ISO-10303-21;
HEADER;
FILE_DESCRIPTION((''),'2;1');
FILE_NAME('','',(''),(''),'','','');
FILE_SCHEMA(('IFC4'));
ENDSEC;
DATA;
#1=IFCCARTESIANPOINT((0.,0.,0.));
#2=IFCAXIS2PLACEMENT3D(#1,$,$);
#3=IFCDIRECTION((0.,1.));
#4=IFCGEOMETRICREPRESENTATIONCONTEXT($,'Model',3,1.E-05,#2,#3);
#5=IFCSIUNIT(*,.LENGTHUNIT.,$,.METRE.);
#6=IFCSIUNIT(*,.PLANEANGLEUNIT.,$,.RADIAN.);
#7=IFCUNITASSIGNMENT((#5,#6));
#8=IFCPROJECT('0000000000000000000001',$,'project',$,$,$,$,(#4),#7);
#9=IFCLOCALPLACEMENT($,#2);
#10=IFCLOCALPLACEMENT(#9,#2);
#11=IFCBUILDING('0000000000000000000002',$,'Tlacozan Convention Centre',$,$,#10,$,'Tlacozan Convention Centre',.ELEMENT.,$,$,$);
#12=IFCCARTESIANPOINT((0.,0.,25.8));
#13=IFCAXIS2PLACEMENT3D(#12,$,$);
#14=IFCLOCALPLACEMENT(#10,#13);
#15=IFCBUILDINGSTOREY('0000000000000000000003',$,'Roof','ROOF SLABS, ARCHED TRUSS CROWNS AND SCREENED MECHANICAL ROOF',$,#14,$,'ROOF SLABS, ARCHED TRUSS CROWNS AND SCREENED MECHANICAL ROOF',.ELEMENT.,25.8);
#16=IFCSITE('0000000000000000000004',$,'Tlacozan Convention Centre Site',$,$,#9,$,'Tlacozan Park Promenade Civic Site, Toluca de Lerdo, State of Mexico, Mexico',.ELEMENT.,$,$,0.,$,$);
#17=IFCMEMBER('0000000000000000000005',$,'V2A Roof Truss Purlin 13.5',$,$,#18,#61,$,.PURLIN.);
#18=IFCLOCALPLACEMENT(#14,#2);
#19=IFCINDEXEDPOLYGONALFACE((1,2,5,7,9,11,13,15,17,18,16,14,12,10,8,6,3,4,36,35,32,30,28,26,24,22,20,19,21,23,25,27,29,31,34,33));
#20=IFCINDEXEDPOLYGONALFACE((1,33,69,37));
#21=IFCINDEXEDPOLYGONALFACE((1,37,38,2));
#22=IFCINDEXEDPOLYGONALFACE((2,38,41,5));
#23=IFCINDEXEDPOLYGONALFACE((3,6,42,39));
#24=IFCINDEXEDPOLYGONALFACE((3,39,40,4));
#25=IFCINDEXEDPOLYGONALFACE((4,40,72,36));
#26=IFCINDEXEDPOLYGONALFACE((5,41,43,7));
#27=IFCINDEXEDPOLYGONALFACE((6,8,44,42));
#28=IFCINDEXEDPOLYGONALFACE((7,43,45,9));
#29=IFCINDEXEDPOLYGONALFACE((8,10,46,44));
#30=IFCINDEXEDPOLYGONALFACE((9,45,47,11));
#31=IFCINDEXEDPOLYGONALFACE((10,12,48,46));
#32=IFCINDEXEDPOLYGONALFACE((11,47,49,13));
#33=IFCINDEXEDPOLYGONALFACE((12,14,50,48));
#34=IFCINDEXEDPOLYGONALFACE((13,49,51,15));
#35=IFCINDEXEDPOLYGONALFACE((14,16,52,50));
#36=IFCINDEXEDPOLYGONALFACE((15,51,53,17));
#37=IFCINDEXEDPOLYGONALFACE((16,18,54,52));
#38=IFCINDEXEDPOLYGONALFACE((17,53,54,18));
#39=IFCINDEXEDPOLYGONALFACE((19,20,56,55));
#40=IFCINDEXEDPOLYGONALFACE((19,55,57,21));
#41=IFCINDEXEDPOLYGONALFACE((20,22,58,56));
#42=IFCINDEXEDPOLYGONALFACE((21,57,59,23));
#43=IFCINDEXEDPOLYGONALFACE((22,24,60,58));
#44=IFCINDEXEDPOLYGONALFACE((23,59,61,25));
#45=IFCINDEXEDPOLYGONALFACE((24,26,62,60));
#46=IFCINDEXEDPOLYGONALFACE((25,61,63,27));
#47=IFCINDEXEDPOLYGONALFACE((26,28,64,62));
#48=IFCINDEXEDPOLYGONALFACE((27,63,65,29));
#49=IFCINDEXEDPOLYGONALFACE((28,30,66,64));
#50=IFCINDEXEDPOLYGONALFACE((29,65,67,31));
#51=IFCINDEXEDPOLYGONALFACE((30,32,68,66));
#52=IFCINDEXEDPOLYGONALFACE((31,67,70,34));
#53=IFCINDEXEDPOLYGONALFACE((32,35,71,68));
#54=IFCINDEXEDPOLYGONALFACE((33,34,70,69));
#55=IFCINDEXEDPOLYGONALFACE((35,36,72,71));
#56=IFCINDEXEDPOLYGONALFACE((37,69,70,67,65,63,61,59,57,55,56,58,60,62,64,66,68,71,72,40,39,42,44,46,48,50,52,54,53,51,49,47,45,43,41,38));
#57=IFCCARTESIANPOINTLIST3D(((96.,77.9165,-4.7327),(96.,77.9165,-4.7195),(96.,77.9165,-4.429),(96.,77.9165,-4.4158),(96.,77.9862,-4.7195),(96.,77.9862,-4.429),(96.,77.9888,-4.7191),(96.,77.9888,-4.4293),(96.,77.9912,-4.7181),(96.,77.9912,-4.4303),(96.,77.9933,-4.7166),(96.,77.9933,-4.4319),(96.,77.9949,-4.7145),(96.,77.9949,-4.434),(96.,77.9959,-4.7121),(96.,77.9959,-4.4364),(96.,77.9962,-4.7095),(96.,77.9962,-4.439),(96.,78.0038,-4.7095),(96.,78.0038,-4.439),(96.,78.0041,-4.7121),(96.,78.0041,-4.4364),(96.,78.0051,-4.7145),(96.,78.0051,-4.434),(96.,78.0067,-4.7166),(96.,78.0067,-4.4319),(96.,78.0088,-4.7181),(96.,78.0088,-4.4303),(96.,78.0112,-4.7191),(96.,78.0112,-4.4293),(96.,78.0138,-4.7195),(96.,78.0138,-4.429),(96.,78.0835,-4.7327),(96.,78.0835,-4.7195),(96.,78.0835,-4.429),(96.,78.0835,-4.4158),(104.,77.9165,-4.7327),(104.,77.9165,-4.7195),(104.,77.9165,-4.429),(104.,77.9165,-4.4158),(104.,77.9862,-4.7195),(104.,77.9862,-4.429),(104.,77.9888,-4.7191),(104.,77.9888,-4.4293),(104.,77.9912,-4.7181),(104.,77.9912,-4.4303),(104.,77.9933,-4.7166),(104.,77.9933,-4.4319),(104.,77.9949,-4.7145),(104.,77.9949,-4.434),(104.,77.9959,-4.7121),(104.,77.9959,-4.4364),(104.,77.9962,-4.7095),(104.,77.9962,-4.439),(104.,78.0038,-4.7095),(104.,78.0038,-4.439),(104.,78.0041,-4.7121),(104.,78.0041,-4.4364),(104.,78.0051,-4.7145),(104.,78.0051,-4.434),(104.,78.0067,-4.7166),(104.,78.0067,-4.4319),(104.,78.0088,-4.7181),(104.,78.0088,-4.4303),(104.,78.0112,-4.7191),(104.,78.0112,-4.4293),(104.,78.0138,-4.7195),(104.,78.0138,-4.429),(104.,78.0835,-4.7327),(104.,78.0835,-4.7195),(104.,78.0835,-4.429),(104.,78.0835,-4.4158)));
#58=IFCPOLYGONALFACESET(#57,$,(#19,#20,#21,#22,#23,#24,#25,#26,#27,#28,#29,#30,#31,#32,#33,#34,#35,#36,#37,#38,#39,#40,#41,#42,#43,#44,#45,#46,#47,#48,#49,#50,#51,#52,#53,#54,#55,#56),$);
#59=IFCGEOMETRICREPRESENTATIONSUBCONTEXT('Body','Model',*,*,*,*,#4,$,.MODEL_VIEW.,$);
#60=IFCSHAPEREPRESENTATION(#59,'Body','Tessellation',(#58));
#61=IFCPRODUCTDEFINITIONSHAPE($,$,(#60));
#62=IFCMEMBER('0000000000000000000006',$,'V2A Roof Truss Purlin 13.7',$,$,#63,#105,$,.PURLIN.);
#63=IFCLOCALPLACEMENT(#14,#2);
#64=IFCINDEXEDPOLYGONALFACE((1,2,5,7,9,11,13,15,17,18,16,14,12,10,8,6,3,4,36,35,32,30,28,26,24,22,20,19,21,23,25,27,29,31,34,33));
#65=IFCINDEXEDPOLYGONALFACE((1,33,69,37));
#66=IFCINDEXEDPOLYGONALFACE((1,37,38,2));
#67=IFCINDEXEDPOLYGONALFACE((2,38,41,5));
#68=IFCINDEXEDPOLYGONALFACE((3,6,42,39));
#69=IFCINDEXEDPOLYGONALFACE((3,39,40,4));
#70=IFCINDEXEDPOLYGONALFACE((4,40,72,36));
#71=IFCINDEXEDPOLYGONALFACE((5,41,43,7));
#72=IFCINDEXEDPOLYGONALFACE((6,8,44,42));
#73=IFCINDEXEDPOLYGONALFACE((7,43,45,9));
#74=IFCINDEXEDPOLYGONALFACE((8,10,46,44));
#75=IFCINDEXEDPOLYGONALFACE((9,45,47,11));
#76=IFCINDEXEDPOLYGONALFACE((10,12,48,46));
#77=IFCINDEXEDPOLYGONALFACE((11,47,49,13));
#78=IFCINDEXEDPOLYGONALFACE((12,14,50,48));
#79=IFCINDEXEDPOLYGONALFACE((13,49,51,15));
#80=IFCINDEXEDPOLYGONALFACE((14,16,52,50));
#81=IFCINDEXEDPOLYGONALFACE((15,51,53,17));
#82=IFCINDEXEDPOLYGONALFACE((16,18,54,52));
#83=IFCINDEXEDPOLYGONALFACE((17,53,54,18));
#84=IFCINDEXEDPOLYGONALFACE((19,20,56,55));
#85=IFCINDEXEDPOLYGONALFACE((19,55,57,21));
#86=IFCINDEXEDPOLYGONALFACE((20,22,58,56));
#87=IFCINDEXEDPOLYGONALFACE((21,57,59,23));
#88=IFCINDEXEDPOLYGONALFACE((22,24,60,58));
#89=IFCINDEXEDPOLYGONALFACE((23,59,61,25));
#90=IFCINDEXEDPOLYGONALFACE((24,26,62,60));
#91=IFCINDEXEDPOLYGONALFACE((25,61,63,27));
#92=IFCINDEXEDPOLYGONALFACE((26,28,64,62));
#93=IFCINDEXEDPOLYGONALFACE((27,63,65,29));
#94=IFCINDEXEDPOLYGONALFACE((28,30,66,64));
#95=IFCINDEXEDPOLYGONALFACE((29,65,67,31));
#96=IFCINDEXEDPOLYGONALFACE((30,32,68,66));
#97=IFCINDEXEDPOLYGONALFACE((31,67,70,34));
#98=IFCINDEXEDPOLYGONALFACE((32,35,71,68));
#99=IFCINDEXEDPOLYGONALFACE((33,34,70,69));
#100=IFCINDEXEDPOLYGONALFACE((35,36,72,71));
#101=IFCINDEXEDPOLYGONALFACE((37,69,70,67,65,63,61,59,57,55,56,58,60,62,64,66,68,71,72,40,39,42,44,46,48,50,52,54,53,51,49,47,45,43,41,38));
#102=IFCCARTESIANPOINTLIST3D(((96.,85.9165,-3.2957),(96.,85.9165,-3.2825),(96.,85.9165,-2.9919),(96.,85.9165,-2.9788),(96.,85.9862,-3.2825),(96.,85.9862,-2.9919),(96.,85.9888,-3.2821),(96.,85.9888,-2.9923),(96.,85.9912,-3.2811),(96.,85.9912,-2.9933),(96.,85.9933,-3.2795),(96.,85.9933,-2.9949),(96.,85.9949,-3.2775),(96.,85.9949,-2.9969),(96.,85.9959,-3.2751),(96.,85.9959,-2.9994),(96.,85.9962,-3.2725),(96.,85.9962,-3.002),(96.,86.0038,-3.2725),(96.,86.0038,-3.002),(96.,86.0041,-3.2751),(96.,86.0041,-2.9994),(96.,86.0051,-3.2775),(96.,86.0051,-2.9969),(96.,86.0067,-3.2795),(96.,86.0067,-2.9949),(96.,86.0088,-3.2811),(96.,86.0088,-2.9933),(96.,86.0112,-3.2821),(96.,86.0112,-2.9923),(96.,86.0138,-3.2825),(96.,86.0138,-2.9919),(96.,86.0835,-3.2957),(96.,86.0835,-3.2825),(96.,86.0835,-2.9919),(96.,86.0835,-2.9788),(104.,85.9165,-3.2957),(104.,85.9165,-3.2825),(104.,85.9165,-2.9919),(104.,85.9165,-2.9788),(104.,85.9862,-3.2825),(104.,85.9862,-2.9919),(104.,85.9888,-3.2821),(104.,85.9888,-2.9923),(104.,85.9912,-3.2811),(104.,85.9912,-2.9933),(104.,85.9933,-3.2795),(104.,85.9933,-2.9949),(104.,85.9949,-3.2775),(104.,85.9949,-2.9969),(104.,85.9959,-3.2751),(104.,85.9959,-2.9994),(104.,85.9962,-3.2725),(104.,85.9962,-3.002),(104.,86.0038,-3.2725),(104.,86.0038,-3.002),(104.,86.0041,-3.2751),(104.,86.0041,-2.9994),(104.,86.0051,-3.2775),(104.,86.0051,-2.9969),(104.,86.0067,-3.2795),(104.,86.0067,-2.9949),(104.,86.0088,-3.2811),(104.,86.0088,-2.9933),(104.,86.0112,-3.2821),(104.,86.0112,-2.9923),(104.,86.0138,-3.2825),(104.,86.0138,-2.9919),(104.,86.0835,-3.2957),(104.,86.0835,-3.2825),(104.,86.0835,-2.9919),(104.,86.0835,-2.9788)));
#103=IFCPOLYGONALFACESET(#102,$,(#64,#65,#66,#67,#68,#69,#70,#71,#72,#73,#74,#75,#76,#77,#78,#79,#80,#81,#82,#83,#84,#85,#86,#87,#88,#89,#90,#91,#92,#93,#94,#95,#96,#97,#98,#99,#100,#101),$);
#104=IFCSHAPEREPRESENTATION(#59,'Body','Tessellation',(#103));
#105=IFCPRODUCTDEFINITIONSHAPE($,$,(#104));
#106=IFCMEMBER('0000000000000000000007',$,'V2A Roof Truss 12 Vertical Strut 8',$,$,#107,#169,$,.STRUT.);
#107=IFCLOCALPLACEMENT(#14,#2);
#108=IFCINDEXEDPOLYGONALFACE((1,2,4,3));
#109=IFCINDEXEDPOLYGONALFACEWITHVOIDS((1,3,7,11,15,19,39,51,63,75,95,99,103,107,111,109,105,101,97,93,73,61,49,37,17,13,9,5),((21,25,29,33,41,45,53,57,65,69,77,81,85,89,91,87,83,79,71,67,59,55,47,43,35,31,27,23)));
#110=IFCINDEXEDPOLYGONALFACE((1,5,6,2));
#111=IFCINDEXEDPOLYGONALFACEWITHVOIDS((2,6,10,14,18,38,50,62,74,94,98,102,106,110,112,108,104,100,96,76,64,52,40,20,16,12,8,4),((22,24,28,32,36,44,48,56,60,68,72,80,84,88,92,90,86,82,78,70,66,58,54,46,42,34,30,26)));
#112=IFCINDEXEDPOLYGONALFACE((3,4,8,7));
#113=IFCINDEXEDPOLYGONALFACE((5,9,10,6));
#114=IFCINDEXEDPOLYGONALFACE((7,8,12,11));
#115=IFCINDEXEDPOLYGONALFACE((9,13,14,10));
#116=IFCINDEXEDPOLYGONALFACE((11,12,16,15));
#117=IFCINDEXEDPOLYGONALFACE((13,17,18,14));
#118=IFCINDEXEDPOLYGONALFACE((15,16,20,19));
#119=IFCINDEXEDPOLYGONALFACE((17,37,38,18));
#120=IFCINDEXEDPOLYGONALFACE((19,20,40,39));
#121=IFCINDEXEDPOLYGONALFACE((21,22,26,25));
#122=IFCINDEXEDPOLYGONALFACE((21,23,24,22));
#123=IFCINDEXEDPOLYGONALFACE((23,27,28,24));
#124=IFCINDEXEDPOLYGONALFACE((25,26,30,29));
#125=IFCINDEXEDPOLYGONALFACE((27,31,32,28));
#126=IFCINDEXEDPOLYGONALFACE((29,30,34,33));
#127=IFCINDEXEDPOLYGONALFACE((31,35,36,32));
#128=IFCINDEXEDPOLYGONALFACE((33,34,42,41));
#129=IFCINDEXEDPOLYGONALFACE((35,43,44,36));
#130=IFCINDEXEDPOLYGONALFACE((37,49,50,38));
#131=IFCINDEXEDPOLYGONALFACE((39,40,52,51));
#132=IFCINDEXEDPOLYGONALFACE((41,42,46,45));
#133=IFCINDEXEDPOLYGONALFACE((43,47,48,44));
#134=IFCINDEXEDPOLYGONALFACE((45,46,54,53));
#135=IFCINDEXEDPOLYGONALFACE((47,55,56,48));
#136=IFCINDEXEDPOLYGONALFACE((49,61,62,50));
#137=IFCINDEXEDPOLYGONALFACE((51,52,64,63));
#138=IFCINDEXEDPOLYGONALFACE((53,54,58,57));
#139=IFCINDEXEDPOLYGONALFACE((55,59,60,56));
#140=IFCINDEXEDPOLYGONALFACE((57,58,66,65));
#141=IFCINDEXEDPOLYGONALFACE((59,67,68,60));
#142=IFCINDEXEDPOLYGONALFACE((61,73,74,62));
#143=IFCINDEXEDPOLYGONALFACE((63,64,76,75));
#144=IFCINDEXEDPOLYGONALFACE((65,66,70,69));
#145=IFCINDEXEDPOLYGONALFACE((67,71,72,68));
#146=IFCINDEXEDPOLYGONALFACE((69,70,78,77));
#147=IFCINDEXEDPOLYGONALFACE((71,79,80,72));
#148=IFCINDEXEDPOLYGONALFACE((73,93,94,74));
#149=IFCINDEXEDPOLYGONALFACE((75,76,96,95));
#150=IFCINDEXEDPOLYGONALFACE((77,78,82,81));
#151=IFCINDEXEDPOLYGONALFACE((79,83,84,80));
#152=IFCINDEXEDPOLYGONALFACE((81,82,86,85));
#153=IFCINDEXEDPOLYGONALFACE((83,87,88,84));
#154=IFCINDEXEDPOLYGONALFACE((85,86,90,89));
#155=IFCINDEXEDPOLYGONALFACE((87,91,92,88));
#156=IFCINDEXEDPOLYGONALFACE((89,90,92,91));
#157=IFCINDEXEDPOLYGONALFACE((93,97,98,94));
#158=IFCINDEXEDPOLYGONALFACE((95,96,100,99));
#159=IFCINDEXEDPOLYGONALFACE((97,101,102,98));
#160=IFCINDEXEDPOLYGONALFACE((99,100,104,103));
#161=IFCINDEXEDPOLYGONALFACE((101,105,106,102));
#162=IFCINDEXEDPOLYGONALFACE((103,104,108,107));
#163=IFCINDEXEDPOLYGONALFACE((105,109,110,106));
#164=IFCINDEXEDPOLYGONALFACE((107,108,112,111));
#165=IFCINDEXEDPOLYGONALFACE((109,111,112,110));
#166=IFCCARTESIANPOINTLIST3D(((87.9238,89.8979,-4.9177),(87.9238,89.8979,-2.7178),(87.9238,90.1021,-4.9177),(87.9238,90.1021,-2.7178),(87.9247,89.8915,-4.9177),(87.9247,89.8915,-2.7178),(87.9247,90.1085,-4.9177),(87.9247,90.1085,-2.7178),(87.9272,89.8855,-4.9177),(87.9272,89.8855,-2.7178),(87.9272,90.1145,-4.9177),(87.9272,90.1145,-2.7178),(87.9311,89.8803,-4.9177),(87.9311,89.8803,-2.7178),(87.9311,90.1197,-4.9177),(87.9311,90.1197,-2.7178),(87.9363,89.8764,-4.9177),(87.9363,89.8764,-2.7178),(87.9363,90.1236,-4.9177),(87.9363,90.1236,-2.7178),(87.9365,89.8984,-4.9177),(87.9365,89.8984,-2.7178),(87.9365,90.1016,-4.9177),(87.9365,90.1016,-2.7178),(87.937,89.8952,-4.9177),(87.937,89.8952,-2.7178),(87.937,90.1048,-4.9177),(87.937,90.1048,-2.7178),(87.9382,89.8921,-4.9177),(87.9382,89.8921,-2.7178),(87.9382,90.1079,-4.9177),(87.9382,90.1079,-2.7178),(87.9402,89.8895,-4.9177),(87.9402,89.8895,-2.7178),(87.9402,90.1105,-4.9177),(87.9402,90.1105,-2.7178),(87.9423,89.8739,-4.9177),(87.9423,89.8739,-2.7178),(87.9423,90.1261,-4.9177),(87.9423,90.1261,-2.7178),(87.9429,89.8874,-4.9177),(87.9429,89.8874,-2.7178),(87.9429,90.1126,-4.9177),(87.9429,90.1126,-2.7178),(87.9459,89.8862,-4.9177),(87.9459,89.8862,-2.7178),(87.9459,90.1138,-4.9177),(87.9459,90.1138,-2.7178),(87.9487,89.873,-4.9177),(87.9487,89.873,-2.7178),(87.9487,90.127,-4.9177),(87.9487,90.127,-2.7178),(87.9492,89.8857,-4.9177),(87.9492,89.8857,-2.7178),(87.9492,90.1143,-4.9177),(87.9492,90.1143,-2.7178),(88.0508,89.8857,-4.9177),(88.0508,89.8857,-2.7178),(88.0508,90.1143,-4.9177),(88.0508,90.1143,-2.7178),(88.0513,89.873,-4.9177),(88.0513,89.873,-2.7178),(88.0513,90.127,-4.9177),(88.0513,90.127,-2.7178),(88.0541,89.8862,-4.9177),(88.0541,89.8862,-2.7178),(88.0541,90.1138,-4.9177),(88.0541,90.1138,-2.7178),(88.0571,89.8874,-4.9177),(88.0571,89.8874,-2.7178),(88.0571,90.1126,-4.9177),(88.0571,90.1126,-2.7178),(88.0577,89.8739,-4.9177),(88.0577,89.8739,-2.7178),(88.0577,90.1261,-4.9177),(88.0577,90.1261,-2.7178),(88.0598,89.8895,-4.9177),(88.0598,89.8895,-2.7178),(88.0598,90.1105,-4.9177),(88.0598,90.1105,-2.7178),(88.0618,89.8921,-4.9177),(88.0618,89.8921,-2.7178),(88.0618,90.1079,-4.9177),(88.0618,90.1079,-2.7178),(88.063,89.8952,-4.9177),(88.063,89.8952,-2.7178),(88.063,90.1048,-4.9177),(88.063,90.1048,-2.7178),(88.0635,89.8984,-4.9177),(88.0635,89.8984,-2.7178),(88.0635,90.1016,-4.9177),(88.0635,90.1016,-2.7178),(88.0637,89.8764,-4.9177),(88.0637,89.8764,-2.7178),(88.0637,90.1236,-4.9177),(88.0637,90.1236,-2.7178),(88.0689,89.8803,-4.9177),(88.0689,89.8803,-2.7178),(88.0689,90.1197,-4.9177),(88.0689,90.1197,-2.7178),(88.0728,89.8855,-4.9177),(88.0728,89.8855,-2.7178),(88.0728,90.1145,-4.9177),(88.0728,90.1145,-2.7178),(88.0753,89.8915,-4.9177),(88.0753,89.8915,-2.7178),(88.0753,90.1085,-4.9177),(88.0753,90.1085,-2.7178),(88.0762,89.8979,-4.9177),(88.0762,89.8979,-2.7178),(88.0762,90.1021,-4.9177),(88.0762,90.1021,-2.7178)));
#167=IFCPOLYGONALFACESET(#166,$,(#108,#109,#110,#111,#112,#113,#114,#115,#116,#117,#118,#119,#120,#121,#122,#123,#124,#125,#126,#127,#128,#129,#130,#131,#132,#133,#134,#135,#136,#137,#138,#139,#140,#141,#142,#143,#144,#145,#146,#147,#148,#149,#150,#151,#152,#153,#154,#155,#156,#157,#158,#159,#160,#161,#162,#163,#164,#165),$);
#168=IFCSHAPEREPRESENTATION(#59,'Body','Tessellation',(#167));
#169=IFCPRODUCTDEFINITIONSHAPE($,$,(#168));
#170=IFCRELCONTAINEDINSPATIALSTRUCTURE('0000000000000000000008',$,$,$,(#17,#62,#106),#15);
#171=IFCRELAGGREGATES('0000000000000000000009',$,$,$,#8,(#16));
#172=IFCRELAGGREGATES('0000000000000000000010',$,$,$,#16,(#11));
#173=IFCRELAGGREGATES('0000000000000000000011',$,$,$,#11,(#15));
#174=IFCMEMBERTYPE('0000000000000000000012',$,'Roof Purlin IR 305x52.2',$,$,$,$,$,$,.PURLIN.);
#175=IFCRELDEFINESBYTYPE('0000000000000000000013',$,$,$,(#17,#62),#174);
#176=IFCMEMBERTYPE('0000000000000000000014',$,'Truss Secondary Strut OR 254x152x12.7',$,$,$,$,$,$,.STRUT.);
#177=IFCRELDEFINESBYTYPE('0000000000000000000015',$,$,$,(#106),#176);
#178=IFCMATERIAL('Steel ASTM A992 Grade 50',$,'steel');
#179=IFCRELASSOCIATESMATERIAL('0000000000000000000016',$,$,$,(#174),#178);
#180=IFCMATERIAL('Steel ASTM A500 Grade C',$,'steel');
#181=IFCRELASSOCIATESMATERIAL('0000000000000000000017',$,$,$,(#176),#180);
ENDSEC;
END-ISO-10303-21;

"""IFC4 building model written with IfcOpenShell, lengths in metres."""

from ifc_helpers import new_model, si_unit, direction, frame, origin, origin_2d, place, context, subcontext, project, spatial, hollow_rectangle, i_section, extrude, material, material_profile, profile_set, type_object, element, save


model = new_model("IFC4")

# Units and contexts
model_context = context("Model", 3, precision=1e-05, world=origin(), true_north=direction((0.0, 1.0)))
body_context = subcontext(model_context, "Body", "Model", "MODEL_VIEW")
ifc_project = project(units=[si_unit("LENGTHUNIT", "METRE"), si_unit("PLANEANGLEUNIT", "RADIAN")], contexts=[model_context])

# Site, building, storey
site_placement = place(None, origin())
site = spatial("IfcSite", under=ifc_project, at=site_placement, Name="Tlacozan Convention Centre Site", LongName="Tlacozan Park Promenade Civic Site, Toluca de Lerdo, State of Mexico, Mexico", CompositionType="ELEMENT", RefElevation=0.0)
building_placement = place(site_placement, origin())
building = spatial("IfcBuilding", under=site, at=building_placement, Name="Tlacozan Convention Centre", LongName="Tlacozan Convention Centre", CompositionType="ELEMENT")
storey_placement = place(building_placement, frame((0.0, 0.0, 25.8)))
storey = spatial("IfcBuildingStorey", under=building, at=storey_placement, Name="Roof", Description="ROOF SLABS, ARCHED TRUSS CROWNS AND SCREENED MECHANICAL ROOF", LongName="ROOF SLABS, ARCHED TRUSS CROWNS AND SCREENED MECHANICAL ROOF", CompositionType="ELEMENT", Elevation=25.8)

# Members
ifc_material_1 = material(Name="Steel ASTM A500 Grade C", Category="steel")
ifc_material_2 = material(Name="Steel ASTM A992 Grade 50", Category="steel")
ifc_material_profile_1 = material_profile(ifc_material_2, i_section(OverallWidth=0.167, OverallDepth=0.3169, WebThickness=0.0076, FlangeThickness=0.0132, FilletRadius=0.01, at=origin_2d()), Name="IR 305x52.2")
ifc_profile_set_1 = profile_set([ifc_material_profile_1], Name="Steel ASTM A992 Grade 50")
member_type_1 = type_object("IfcMemberType", Name="Roof Purlin IR 305x52.2", PredefinedType="PURLIN", material=ifc_profile_set_1)
for number, where, z_axis, x_axis, name in (
    (1, (96.0, 78.0, -4.5742), (1.0, 0.0, 0.0), (0.0, 1.0, 0.0), "V2A Roof Truss Purlin 13.5"),
    (2, (96.0, 86.0, -3.1372), (1.0, 0.0, 0.0), (0.0, 1.0, 0.0), "V2A Roof Truss Purlin 13.7"),
):
    element("IfcMember", number, at=place(storey_placement, frame(where, z_axis=z_axis, x_axis=x_axis)), inside=storey, type_object=member_type_1, Name=name, PredefinedType="PURLIN", context=body_context, shape_type="SweptSolid", body=[
        extrude(i_section(OverallWidth=0.167, OverallDepth=0.3169, WebThickness=0.0076, FlangeThickness=0.0132, FilletRadius=0.01, at=origin_2d()), origin(), (0.0, 0.0, 1.0), 8.0),
    ])
ifc_material_profile_2 = material_profile(ifc_material_1, hollow_rectangle(XDim=0.1523, YDim=0.2539, WallThickness=0.0127, InnerFilletRadius=0.0127, OuterFilletRadius=0.0249, at=origin_2d()), Name="OR 254x152x12.7")
ifc_profile_set_2 = profile_set([ifc_material_profile_2], Name="Steel ASTM A500 Grade C")
member_type_2 = type_object("IfcMemberType", Name="Truss Secondary Strut OR 254x152x12.7", PredefinedType="STRUT", material=ifc_profile_set_2)
for number, where, z_axis, x_axis, name in (
    (3, (88.0, 90.0, -4.9177), (0.0, 0.0, 1.0), (1.0, 0.0, 0.0), "V2A Roof Truss 12 Vertical Strut 8"),
):
    element("IfcMember", number, at=place(storey_placement, frame(where, z_axis=z_axis, x_axis=x_axis)), inside=storey, type_object=member_type_2, Name=name, PredefinedType="STRUT", context=body_context, shape_type="SweptSolid", body=[
        extrude(hollow_rectangle(XDim=0.1523, YDim=0.2539, WallThickness=0.0127, InnerFilletRadius=0.0127, OuterFilletRadius=0.0249, at=origin_2d()), origin(), (0.0, 0.0, 1.0), 2.2),
    ])

save(model, "model.ifc")
